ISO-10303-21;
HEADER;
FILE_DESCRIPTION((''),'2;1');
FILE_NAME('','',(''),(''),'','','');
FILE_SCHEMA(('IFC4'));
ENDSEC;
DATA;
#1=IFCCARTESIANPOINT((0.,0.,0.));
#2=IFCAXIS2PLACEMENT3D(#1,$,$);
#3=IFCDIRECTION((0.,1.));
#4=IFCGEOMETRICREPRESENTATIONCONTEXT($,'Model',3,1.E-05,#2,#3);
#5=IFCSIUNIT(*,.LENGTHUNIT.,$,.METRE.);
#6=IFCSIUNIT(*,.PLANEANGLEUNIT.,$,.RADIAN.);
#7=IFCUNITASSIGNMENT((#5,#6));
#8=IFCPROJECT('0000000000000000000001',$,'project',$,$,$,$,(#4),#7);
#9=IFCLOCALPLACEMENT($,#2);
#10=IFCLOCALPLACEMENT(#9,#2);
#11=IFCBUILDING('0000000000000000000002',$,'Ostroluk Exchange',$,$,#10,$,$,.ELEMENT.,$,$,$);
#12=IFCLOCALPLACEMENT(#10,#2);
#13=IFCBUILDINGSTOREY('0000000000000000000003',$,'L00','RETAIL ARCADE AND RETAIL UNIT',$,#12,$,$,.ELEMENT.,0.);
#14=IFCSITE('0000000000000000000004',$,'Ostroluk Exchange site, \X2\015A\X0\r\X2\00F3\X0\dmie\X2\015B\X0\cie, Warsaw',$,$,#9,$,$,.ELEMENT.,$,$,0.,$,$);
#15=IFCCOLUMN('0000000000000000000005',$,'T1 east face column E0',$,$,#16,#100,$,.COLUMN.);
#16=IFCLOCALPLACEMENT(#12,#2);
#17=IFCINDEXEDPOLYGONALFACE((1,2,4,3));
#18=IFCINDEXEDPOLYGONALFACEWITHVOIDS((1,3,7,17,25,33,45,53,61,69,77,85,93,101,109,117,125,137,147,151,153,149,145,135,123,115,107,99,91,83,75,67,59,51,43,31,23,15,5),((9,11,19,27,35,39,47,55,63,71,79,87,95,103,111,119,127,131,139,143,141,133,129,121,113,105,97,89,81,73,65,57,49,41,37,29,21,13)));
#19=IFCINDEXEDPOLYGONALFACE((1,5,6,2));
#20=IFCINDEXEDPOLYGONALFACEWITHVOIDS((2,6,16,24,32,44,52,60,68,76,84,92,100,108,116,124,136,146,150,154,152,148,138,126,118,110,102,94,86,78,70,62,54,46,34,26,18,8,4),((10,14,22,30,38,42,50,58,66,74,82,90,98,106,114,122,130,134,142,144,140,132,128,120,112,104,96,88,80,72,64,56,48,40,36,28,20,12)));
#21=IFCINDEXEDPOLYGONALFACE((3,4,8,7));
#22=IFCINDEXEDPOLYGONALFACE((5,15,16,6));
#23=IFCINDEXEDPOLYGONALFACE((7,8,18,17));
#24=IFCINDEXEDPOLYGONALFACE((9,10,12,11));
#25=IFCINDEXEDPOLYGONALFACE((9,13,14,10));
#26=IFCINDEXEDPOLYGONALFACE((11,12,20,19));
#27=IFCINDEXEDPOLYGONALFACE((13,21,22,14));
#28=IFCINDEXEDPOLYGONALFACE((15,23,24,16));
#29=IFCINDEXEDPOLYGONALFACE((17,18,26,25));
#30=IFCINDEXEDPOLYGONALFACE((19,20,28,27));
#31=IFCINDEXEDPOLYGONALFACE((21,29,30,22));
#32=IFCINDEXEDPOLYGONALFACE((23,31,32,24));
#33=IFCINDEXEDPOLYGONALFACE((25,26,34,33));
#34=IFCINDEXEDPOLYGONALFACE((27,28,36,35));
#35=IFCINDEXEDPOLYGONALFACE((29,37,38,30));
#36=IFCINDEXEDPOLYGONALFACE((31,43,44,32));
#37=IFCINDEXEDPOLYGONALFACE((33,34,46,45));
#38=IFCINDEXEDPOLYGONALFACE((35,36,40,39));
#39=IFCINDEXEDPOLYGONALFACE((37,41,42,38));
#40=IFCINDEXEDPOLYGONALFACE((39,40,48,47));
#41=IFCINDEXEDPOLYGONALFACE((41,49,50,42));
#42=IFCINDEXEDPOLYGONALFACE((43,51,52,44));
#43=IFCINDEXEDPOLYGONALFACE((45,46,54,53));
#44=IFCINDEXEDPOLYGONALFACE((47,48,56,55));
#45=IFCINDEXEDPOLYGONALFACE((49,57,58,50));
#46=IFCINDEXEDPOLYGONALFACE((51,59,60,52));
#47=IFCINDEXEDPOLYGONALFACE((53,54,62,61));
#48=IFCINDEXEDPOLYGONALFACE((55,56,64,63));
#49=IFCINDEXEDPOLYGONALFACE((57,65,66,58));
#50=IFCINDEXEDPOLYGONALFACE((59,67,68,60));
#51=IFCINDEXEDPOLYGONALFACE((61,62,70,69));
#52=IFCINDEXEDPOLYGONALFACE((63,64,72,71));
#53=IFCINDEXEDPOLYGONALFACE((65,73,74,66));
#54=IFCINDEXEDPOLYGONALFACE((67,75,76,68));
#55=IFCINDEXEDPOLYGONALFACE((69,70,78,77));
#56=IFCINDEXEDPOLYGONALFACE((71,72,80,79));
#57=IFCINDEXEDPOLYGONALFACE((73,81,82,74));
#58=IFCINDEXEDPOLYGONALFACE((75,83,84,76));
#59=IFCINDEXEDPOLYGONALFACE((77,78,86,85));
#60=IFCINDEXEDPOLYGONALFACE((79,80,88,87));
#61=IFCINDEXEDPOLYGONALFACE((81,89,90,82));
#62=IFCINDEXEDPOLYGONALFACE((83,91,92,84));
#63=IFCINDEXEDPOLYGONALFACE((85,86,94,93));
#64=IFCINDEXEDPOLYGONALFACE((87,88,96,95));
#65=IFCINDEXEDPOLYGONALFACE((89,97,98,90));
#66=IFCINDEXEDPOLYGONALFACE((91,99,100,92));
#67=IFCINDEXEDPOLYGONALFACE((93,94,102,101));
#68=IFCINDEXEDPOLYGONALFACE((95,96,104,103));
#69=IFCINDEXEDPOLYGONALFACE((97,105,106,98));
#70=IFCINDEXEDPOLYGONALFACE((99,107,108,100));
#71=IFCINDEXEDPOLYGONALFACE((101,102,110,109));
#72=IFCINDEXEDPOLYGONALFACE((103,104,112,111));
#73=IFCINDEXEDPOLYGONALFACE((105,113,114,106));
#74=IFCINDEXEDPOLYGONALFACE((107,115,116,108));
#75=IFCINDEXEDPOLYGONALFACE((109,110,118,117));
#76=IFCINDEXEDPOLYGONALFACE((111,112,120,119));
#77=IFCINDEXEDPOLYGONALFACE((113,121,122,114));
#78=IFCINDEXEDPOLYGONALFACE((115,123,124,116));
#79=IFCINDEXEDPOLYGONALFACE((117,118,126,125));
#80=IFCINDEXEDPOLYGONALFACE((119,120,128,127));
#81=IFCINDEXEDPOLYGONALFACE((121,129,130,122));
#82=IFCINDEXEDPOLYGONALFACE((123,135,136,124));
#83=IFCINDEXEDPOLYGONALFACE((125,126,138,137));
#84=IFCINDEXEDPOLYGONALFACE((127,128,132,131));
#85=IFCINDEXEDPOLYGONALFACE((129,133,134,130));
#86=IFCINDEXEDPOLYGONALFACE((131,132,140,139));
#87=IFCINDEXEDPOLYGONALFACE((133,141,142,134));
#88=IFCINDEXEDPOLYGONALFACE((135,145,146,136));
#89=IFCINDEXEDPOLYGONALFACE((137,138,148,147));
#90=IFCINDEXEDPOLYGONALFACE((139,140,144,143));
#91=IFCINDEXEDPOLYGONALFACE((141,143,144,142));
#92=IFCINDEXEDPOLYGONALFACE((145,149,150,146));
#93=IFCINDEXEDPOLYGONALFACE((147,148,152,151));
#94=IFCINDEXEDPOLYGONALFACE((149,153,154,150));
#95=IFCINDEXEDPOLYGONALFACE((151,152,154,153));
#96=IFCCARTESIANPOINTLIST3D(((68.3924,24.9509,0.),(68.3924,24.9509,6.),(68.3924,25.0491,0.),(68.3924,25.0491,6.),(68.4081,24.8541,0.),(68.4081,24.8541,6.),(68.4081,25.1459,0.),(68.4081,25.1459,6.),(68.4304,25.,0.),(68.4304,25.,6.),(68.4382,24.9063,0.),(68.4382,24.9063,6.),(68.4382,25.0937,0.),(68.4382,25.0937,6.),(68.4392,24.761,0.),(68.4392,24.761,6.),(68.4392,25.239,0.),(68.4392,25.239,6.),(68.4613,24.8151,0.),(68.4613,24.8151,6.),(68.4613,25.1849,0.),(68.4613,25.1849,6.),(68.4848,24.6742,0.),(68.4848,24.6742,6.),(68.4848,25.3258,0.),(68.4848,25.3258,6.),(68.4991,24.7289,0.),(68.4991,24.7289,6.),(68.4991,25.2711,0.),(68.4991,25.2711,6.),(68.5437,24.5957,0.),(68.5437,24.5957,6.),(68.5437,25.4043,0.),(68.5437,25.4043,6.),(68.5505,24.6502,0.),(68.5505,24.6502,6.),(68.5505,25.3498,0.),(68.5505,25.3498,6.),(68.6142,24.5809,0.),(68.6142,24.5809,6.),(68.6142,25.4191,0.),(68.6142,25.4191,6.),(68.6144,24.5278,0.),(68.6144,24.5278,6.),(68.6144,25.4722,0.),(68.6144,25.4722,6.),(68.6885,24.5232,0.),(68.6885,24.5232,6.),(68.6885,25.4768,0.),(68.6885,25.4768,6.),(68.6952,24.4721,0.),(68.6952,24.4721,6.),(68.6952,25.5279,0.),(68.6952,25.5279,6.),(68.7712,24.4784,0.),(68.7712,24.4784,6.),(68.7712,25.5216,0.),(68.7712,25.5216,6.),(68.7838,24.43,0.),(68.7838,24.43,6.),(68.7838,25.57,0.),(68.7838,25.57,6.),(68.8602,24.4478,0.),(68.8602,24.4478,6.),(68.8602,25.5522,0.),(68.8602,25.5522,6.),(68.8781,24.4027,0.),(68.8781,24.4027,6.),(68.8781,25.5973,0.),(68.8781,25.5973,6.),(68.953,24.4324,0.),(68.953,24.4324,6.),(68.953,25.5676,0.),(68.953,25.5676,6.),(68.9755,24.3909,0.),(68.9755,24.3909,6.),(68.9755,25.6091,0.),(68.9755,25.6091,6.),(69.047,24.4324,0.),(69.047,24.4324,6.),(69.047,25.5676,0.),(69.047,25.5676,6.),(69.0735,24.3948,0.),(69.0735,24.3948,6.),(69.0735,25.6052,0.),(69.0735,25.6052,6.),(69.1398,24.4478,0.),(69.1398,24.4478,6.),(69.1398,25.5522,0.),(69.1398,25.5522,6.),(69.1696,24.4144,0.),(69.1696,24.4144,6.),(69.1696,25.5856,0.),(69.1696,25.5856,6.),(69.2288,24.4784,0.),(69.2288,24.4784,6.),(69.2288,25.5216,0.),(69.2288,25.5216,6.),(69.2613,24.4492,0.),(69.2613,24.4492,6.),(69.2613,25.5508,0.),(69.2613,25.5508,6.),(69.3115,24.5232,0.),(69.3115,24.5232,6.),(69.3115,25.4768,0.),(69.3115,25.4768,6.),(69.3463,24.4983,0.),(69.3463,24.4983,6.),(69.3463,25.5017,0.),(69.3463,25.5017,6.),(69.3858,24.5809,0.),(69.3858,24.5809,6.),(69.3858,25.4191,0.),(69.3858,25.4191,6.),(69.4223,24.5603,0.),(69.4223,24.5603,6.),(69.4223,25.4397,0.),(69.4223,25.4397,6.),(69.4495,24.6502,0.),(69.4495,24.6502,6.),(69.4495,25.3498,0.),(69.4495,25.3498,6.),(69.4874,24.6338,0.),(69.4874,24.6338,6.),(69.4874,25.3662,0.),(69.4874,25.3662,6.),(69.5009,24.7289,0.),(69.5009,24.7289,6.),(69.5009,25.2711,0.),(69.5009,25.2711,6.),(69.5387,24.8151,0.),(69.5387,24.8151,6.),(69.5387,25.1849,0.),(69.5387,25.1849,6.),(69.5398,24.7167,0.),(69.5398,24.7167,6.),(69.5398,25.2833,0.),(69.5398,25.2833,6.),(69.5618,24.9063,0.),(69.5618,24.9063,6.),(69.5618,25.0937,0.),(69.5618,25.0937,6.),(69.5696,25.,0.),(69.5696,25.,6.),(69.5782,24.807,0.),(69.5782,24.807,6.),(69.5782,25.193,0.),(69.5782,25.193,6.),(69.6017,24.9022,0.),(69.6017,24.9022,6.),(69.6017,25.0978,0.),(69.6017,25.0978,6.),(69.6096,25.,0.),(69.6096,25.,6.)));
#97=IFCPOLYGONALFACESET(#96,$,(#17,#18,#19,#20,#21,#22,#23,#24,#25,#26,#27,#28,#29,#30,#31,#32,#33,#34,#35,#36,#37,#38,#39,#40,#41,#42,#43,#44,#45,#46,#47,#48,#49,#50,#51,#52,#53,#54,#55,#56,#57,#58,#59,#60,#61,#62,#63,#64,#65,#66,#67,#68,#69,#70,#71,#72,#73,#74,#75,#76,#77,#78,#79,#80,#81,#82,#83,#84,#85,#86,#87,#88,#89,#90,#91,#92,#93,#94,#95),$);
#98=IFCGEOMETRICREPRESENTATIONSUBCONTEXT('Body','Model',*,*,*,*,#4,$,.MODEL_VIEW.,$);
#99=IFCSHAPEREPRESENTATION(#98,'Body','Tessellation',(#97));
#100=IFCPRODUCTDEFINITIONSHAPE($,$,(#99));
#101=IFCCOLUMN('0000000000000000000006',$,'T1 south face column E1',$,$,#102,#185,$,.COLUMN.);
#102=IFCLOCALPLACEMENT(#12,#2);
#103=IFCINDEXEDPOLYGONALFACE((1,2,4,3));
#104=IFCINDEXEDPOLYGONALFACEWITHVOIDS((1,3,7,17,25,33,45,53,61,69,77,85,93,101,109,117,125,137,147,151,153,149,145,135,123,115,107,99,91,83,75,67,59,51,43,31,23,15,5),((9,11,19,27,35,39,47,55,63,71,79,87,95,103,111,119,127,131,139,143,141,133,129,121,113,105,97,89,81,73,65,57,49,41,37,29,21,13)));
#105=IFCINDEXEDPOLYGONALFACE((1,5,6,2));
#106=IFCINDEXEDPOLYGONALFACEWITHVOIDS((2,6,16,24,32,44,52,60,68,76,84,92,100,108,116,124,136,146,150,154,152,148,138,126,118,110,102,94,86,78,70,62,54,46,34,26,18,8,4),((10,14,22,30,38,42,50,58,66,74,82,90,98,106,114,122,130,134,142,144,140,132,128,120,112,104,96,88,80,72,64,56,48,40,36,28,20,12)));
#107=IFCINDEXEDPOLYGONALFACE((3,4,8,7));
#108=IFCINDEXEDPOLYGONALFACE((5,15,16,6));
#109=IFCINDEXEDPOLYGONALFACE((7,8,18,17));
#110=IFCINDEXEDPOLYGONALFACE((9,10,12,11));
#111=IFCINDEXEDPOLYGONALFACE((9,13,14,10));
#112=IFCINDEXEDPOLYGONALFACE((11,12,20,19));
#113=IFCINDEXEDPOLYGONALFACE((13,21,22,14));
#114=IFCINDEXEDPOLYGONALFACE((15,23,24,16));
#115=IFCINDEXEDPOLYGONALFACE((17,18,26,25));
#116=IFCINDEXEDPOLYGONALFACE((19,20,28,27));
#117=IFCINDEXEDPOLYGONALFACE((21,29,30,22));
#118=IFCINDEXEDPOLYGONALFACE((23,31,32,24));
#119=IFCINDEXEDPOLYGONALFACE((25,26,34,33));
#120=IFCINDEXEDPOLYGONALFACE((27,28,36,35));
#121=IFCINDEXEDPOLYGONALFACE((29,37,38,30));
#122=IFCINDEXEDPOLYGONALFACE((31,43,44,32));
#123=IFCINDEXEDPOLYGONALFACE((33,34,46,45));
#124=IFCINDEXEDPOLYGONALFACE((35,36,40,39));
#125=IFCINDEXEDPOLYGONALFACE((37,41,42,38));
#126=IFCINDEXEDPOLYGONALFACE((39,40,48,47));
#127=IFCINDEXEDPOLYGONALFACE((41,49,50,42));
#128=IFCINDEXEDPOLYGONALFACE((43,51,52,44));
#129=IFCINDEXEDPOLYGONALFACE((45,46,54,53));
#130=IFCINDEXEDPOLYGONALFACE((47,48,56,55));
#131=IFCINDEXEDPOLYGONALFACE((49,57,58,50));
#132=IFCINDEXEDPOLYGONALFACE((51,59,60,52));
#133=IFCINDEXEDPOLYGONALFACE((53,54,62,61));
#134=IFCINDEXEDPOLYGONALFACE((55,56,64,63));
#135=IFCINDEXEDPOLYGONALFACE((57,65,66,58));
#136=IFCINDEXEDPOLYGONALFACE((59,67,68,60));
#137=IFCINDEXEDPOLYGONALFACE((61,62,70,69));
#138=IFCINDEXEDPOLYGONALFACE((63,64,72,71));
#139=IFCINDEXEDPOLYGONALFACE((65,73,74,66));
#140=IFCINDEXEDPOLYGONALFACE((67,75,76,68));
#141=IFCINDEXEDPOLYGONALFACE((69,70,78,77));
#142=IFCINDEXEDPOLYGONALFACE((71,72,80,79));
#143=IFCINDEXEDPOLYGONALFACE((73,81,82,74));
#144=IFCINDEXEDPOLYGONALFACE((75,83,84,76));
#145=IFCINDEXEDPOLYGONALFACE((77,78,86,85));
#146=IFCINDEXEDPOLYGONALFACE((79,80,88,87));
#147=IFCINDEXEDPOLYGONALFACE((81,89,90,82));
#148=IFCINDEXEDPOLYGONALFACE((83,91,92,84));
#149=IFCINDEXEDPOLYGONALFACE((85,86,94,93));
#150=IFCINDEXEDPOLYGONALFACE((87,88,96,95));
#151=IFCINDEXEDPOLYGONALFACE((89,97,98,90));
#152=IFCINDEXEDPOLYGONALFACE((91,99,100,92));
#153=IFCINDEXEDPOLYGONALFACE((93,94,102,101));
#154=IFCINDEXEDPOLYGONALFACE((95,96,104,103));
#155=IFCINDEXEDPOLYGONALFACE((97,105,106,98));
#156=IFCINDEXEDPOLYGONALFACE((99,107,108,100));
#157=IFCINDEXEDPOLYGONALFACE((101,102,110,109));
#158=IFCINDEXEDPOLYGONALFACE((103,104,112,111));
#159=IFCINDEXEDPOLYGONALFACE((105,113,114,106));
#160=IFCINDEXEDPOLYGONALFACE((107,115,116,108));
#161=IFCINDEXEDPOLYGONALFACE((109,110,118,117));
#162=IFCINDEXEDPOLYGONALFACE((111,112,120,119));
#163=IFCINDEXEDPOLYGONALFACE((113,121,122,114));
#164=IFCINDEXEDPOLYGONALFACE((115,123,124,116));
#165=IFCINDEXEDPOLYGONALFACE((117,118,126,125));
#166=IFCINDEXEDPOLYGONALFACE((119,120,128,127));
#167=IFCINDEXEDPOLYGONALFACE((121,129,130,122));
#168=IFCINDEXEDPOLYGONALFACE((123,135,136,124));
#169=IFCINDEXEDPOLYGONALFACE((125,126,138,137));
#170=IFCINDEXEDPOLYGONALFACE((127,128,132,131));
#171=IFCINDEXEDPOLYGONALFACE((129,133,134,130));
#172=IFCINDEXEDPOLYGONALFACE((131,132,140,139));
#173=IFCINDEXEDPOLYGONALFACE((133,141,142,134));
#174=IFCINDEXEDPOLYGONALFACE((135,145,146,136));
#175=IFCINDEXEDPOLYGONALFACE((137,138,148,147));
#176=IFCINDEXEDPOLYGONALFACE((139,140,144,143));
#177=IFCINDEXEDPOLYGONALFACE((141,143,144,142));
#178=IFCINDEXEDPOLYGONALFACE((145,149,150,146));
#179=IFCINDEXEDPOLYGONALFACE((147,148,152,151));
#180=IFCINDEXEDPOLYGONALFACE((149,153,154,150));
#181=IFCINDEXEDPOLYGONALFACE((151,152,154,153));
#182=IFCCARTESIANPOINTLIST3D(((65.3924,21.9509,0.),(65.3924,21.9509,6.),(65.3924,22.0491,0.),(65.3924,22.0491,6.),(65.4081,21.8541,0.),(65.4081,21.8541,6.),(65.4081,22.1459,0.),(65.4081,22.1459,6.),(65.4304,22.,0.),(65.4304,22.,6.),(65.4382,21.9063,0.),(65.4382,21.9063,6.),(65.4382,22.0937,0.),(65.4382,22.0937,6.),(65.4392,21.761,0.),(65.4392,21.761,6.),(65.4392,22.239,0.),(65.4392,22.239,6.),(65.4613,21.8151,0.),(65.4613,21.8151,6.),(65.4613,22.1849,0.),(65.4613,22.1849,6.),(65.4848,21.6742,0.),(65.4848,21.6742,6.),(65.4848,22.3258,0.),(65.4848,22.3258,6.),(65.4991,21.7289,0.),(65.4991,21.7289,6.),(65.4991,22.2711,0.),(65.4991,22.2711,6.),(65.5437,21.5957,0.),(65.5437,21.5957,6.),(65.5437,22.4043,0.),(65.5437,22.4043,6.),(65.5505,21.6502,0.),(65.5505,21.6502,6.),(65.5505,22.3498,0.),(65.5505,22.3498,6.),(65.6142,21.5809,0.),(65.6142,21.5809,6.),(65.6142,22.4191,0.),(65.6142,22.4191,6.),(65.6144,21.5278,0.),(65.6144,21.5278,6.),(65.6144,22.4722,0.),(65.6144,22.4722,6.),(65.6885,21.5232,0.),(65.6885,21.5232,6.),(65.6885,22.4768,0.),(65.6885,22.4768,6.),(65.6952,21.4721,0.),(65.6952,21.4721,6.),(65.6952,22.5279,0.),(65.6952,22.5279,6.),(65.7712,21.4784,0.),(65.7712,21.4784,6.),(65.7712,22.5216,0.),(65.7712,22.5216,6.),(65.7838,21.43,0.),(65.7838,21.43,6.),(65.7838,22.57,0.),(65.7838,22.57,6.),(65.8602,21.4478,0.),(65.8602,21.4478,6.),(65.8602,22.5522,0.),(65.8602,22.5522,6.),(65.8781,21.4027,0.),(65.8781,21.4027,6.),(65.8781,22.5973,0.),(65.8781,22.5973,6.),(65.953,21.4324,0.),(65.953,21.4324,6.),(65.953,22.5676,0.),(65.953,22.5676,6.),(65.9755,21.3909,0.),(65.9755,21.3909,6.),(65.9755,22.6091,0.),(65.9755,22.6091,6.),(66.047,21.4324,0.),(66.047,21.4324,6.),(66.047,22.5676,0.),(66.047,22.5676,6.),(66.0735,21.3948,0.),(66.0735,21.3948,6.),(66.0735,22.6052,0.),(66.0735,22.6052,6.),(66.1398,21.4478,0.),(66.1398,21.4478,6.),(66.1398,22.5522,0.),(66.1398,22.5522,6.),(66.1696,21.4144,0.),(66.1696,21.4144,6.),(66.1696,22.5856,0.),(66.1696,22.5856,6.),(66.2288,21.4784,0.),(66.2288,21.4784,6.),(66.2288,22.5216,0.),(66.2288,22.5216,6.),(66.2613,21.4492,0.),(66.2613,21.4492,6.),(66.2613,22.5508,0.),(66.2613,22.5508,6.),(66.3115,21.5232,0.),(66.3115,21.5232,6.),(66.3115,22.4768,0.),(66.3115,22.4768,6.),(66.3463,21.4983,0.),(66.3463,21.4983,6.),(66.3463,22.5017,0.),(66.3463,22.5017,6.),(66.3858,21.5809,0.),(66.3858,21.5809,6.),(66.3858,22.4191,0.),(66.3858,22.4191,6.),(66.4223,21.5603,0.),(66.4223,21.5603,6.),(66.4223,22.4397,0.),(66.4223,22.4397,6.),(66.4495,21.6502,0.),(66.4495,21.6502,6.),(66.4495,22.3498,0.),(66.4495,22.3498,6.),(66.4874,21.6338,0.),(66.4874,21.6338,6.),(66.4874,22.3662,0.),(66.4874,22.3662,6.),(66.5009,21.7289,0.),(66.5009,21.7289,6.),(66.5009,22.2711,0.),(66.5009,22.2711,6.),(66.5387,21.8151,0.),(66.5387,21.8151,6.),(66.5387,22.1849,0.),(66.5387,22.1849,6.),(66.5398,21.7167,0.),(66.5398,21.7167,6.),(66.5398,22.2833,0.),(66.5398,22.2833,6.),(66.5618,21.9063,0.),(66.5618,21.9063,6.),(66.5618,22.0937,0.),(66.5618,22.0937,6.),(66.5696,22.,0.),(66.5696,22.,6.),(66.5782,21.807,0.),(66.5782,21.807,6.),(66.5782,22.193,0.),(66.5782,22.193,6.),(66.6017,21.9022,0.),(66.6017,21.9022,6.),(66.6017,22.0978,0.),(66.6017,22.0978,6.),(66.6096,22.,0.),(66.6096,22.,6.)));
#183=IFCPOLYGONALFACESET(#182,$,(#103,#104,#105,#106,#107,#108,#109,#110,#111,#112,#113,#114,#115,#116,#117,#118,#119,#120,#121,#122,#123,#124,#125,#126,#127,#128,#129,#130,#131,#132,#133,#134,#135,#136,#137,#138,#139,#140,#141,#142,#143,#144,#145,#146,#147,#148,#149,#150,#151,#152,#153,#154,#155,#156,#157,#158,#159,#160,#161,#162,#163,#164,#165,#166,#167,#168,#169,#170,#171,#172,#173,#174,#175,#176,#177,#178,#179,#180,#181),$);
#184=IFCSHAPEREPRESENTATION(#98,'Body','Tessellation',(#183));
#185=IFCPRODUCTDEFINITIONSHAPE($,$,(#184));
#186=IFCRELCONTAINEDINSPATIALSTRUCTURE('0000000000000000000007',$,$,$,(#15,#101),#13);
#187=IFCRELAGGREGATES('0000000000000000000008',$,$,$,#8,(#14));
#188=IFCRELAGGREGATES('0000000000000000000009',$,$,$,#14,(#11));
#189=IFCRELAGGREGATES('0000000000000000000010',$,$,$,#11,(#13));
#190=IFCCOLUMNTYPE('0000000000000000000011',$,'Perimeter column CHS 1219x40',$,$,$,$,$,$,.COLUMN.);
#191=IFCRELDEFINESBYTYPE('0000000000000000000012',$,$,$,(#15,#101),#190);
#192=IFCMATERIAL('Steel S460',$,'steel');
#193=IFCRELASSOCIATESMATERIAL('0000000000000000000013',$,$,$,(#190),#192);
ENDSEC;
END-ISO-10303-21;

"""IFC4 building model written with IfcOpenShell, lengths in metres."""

from ifc_helpers import new_model, si_unit, direction, frame, origin, origin_2d, place, context, subcontext, project, spatial, hollow_circle, extrude, material, material_profile, profile_set, type_object, element, save


model = new_model("IFC4")

# Units and contexts
model_context = context("Model", 3, precision=1e-05, world=origin(), true_north=direction((0.0, 1.0)))
body_context = subcontext(model_context, "Body", "Model", "MODEL_VIEW")
ifc_project = project(units=[si_unit("LENGTHUNIT", "METRE"), si_unit("PLANEANGLEUNIT", "RADIAN")], contexts=[model_context])

# Site, building, storey
site_placement = place(None, origin())
site = spatial("IfcSite", under=ifc_project, at=site_placement, Name="Ostroluk Exchange site, Śródmieście, Warsaw", CompositionType="ELEMENT", RefElevation=0.0)
building_placement = place(site_placement, origin())
building = spatial("IfcBuilding", under=site, at=building_placement, Name="Ostroluk Exchange", CompositionType="ELEMENT")
storey_placement = place(building_placement, origin())
storey = spatial("IfcBuildingStorey", under=building, at=storey_placement, Name="L00", Description="RETAIL ARCADE AND RETAIL UNIT", CompositionType="ELEMENT", Elevation=0.0)

# Columns
ifc_material_1 = material(Name="Steel S460", Category="steel")
ifc_material_profile_1 = material_profile(ifc_material_1, hollow_circle(Radius=0.6096, WallThickness=0.04, at=origin_2d()), Name="CHS 1219x40")
ifc_profile_set_1 = profile_set([ifc_material_profile_1], Name="Steel S460")
column_type_1 = type_object("IfcColumnType", Name="Perimeter column CHS 1219x40", PredefinedType="COLUMN", material=ifc_profile_set_1)
for number, where, z_axis, x_axis, name in (
    (1, (69.0, 25.0, 0.0), (0.0, 0.0, 1.0), (1.0, 0.0, 0.0), "T1 east face column E0"),
    (2, (66.0, 22.0, 0.0), (0.0, 0.0, 1.0), (1.0, 0.0, 0.0), "T1 south face column E1"),
):
    element("IfcColumn", number, at=place(storey_placement, frame(where, z_axis=z_axis, x_axis=x_axis)), inside=storey, type_object=column_type_1, Name=name, PredefinedType="COLUMN", context=body_context, shape_type="SweptSolid", body=[
        extrude(hollow_circle(Radius=0.6096, WallThickness=0.04, at=origin_2d()), origin(), (0.0, 0.0, 1.0), 6.0),
    ])

save(model, "model.ifc")
